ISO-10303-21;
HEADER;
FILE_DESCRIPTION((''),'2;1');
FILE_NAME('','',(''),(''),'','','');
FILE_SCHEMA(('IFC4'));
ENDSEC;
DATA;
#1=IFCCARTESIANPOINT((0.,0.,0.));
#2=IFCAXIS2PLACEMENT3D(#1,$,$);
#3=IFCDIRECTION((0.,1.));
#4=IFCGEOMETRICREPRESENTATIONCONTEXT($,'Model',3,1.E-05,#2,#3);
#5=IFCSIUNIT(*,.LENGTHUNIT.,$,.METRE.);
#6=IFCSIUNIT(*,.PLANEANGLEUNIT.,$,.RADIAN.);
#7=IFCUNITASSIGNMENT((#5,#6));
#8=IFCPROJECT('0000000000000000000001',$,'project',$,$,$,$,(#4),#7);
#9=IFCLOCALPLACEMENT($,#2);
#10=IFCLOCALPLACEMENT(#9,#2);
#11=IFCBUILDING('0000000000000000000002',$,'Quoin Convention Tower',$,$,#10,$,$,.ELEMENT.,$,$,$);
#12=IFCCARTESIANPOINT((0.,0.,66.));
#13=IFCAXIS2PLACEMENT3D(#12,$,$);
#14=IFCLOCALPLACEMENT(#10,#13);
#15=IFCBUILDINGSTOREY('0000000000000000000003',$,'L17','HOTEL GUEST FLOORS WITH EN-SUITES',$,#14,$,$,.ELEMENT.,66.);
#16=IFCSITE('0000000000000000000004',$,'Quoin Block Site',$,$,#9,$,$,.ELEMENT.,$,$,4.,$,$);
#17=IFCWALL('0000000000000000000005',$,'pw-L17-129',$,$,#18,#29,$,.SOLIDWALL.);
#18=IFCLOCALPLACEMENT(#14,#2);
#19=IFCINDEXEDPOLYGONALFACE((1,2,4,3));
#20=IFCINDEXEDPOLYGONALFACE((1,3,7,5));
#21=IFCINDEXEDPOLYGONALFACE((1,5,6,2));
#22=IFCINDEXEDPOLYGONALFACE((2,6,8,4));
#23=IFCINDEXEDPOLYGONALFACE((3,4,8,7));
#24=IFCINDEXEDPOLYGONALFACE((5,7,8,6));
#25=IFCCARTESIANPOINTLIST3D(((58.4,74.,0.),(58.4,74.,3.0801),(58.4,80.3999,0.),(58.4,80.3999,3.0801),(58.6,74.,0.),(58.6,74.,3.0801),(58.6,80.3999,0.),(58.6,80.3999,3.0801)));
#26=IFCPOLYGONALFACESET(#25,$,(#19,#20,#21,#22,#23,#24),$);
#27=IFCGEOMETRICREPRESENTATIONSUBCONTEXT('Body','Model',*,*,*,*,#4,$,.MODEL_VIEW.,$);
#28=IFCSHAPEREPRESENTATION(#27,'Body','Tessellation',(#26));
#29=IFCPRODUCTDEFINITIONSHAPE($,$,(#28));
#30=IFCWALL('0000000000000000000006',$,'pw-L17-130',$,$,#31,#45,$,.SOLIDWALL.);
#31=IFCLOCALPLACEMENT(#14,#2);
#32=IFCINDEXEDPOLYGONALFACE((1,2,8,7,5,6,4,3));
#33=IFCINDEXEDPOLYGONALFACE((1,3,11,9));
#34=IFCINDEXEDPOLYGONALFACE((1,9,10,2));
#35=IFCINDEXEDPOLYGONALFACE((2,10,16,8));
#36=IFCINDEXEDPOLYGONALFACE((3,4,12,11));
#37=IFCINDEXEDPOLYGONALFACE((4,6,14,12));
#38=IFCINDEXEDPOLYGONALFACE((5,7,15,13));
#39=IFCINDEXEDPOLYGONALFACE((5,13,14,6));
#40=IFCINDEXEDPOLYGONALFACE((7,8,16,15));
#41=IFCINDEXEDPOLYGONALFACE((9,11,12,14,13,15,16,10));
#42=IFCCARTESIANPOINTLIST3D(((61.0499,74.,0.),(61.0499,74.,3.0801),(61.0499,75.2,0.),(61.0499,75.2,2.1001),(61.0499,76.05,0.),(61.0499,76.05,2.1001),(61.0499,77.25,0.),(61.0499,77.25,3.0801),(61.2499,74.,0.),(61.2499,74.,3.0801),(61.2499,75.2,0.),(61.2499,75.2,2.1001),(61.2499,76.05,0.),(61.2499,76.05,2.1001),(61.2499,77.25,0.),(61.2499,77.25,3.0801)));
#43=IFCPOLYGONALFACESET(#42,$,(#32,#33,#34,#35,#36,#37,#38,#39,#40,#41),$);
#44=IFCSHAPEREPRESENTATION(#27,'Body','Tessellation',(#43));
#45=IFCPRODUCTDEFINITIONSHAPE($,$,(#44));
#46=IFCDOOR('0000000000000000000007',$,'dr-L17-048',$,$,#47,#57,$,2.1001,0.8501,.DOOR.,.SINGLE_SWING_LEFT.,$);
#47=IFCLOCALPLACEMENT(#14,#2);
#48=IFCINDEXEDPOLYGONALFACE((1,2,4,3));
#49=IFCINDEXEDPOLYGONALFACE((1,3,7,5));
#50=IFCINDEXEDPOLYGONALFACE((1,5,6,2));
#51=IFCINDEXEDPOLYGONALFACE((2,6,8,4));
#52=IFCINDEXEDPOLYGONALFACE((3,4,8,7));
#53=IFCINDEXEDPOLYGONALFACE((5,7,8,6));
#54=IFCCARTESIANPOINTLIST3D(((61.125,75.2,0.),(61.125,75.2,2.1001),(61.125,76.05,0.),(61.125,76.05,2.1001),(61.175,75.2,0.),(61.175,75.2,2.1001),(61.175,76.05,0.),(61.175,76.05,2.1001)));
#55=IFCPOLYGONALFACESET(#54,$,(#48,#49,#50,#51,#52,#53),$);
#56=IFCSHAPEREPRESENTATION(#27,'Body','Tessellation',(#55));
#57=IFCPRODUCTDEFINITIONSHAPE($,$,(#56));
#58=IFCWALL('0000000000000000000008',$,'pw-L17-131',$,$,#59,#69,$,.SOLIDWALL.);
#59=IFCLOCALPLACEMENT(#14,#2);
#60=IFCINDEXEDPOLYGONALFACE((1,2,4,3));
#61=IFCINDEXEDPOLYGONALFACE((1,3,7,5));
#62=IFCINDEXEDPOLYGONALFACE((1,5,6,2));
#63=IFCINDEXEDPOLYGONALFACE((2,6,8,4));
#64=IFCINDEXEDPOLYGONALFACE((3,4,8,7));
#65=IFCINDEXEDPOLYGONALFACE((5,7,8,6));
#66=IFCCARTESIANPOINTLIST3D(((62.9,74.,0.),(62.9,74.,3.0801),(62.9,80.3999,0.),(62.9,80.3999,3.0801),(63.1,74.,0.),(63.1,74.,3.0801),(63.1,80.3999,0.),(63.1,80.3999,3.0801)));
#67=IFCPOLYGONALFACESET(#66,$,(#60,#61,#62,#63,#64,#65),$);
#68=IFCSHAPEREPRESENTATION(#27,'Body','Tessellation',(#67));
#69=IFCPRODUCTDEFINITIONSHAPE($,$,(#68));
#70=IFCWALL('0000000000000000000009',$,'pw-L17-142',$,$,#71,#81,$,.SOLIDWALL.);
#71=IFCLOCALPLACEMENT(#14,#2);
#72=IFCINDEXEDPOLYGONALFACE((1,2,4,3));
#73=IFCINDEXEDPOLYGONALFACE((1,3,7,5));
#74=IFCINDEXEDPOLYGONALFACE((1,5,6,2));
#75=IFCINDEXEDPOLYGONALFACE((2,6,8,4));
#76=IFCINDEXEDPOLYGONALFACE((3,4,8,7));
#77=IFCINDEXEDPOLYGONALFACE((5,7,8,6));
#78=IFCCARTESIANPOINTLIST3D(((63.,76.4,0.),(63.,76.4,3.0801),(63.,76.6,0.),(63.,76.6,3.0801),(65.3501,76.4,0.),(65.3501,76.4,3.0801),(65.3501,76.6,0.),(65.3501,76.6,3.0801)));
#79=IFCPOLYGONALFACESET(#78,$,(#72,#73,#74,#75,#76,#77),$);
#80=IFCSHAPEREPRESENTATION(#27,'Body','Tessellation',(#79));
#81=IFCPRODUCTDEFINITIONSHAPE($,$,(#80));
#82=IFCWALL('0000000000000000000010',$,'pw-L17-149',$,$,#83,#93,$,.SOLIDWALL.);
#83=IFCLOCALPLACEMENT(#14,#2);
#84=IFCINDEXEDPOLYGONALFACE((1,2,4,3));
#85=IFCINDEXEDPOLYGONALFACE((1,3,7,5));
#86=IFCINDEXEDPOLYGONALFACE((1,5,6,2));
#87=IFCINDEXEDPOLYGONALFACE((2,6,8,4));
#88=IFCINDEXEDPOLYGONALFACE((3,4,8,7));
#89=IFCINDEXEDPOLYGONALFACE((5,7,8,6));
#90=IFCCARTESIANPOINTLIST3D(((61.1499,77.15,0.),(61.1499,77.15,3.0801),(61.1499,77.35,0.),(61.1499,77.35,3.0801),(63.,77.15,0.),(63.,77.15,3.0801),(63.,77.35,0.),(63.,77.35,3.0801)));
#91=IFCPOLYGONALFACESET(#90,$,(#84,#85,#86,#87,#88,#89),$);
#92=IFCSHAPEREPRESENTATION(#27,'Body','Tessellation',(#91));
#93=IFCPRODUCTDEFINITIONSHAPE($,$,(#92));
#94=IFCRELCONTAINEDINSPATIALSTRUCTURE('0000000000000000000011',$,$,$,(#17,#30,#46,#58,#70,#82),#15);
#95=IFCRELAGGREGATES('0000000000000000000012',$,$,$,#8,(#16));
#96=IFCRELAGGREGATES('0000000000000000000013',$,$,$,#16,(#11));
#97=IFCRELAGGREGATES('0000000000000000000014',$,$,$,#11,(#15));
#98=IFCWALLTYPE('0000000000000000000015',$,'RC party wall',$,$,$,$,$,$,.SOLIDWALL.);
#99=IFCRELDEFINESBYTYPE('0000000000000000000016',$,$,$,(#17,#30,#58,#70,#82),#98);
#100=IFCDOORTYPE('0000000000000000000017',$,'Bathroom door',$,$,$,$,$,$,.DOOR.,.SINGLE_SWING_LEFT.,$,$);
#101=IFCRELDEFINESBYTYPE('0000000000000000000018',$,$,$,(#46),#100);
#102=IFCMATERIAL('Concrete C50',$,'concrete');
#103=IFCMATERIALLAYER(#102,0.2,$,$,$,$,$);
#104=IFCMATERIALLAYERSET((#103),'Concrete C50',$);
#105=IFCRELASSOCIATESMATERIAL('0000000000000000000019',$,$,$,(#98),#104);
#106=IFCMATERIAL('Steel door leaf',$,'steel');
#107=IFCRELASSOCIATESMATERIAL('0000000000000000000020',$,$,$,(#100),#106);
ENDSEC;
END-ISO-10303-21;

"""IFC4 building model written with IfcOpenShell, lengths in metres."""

from ifc_helpers import new_model, si_unit, direction, frame, frame_2d, origin, place, context, subcontext, project, spatial, rectangle, extrude, material, layer, layer_set, type_object, element, fill, save


model = new_model("IFC4")

# Units and contexts
model_context = context("Model", 3, precision=1e-05, world=origin(), true_north=direction((0.0, 1.0)))
body_context = subcontext(model_context, "Body", "Model", "MODEL_VIEW")
ifc_project = project(units=[si_unit("LENGTHUNIT", "METRE"), si_unit("PLANEANGLEUNIT", "RADIAN")], contexts=[model_context])

# Site, building, storey
site_placement = place(None, origin())
site = spatial("IfcSite", under=ifc_project, at=site_placement, Name="Quoin Block Site", CompositionType="ELEMENT", RefElevation=4.0)
building_placement = place(site_placement, origin())
building = spatial("IfcBuilding", under=site, at=building_placement, Name="Quoin Convention Tower", CompositionType="ELEMENT")
storey_placement = place(building_placement, frame((0.0, 0.0, 66.0)))
storey = spatial("IfcBuildingStorey", under=building, at=storey_placement, Name="L17", Description="HOTEL GUEST FLOORS WITH EN-SUITES", CompositionType="ELEMENT", Elevation=66.0)

# Shared definitions
ifc_material_1 = material(Name="Steel door leaf", Category="steel")

# Shared definitions
ifc_material_2 = material(Name="Concrete C50", Category="concrete")

# Shared definitions
ifc_layer_1 = layer(ifc_material_2, 0.2)
ifc_layer_set_1 = layer_set([ifc_layer_1], Name="Concrete C50")
wall_type_1 = type_object("IfcWallType", Name="RC party wall", PredefinedType="SOLIDWALL", material=ifc_layer_set_1)
door_type_1 = type_object("IfcDoorType", Name="Bathroom door", OperationType="SINGLE_SWING_LEFT", PredefinedType="DOOR", material=ifc_material_1)

# Wall
wall_1_placement = place(storey_placement, frame((58.5, 74.0, 0.0), z_axis=(0.0, 0.0, 1.0), x_axis=(0.0, 1.0, 0.0)))
element("IfcWall", 1, at=wall_1_placement, inside=storey, type_object=wall_type_1, Name="pw-L17-129", PredefinedType="SOLIDWALL", context=body_context, shape_type="SweptSolid", body=[
    extrude(rectangle(XDim=6.3999, YDim=0.2, at=frame_2d((3.2, 0.0))), origin(), (0.0, 0.0, 1.0), 3.0801),
])

# Wall, opening, door
wall_2_placement = place(storey_placement, frame((61.1499, 74.0, 0.0), z_axis=(0.0, 0.0, 1.0), x_axis=(0.0, 1.0, 0.0)))
wall_2 = element("IfcWall", 2, at=wall_2_placement, inside=storey, type_object=wall_type_1, Name="pw-L17-130", PredefinedType="SOLIDWALL", context=body_context, shape_type="SweptSolid", body=[
    extrude(rectangle(XDim=3.25, YDim=0.2, at=frame_2d((1.625, 0.0))), origin(), (0.0, 0.0, 1.0), 3.0801),
])
opening_1_placement = place(wall_2_placement, frame((1.2, 0.0, 0.0)))
opening_1 = element("IfcOpeningElement", 3, at=opening_1_placement, cuts=wall_2, PredefinedType="OPENING", context=body_context, shape_type="SweptSolid", body=[
    extrude(rectangle(XDim=0.8501, YDim=2.1001, at=frame_2d((0.425, 1.05))), frame((0.0, 0.1099, 0.0), z_axis=(0.0, -1.0, 0.0), x_axis=(1.0, 0.0, 0.0)), (0.0, 0.0, 1.0), 0.22),
])
door_1_placement = place(opening_1_placement, origin())
door_1 = element("IfcDoor", 4, at=door_1_placement, inside=storey, type_object=door_type_1, Name="dr-L17-048", OperationType="SINGLE_SWING_LEFT", OverallHeight=2.1001, OverallWidth=0.8501, PredefinedType="DOOR", context=body_context, shape_type="SweptSolid", body=[
    extrude(rectangle(XDim=0.8501, YDim=2.1001, at=frame_2d((0.425, 1.05))), frame((0.0, 0.0249, 0.0), z_axis=(0.0, -1.0, 0.0), x_axis=(1.0, 0.0, 0.0)), (0.0, 0.0, 1.0), 0.05),
])
fill(opening_1, door_1)

# Walls
wall_3_placement = place(storey_placement, frame((63.0, 74.0, 0.0), z_axis=(0.0, 0.0, 1.0), x_axis=(0.0, 1.0, 0.0)))
element("IfcWall", 5, at=wall_3_placement, inside=storey, type_object=wall_type_1, Name="pw-L17-131", PredefinedType="SOLIDWALL", context=body_context, shape_type="SweptSolid", body=[
    extrude(rectangle(XDim=6.3999, YDim=0.2, at=frame_2d((3.2, 0.0))), origin(), (0.0, 0.0, 1.0), 3.0801),
])
wall_4_placement = place(storey_placement, frame((63.0, 76.5, 0.0), z_axis=(0.0, 0.0, 1.0), x_axis=(1.0, 0.0, 0.0)))
element("IfcWall", 6, at=wall_4_placement, inside=storey, type_object=wall_type_1, Name="pw-L17-142", PredefinedType="SOLIDWALL", context=body_context, shape_type="SweptSolid", body=[
    extrude(rectangle(XDim=2.3501, YDim=0.2, at=frame_2d((1.175, 0.0))), origin(), (0.0, 0.0, 1.0), 3.0801),
])
wall_5_placement = place(storey_placement, frame((61.1499, 77.25, 0.0), z_axis=(0.0, 0.0, 1.0), x_axis=(1.0, 0.0, 0.0)))
element("IfcWall", 7, at=wall_5_placement, inside=storey, type_object=wall_type_1, Name="pw-L17-149", PredefinedType="SOLIDWALL", context=body_context, shape_type="SweptSolid", body=[
    extrude(rectangle(XDim=1.8501, YDim=0.2, at=frame_2d((0.925, 0.0))), origin(), (0.0, 0.0, 1.0), 3.0801),
])

save(model, "model.ifc")
